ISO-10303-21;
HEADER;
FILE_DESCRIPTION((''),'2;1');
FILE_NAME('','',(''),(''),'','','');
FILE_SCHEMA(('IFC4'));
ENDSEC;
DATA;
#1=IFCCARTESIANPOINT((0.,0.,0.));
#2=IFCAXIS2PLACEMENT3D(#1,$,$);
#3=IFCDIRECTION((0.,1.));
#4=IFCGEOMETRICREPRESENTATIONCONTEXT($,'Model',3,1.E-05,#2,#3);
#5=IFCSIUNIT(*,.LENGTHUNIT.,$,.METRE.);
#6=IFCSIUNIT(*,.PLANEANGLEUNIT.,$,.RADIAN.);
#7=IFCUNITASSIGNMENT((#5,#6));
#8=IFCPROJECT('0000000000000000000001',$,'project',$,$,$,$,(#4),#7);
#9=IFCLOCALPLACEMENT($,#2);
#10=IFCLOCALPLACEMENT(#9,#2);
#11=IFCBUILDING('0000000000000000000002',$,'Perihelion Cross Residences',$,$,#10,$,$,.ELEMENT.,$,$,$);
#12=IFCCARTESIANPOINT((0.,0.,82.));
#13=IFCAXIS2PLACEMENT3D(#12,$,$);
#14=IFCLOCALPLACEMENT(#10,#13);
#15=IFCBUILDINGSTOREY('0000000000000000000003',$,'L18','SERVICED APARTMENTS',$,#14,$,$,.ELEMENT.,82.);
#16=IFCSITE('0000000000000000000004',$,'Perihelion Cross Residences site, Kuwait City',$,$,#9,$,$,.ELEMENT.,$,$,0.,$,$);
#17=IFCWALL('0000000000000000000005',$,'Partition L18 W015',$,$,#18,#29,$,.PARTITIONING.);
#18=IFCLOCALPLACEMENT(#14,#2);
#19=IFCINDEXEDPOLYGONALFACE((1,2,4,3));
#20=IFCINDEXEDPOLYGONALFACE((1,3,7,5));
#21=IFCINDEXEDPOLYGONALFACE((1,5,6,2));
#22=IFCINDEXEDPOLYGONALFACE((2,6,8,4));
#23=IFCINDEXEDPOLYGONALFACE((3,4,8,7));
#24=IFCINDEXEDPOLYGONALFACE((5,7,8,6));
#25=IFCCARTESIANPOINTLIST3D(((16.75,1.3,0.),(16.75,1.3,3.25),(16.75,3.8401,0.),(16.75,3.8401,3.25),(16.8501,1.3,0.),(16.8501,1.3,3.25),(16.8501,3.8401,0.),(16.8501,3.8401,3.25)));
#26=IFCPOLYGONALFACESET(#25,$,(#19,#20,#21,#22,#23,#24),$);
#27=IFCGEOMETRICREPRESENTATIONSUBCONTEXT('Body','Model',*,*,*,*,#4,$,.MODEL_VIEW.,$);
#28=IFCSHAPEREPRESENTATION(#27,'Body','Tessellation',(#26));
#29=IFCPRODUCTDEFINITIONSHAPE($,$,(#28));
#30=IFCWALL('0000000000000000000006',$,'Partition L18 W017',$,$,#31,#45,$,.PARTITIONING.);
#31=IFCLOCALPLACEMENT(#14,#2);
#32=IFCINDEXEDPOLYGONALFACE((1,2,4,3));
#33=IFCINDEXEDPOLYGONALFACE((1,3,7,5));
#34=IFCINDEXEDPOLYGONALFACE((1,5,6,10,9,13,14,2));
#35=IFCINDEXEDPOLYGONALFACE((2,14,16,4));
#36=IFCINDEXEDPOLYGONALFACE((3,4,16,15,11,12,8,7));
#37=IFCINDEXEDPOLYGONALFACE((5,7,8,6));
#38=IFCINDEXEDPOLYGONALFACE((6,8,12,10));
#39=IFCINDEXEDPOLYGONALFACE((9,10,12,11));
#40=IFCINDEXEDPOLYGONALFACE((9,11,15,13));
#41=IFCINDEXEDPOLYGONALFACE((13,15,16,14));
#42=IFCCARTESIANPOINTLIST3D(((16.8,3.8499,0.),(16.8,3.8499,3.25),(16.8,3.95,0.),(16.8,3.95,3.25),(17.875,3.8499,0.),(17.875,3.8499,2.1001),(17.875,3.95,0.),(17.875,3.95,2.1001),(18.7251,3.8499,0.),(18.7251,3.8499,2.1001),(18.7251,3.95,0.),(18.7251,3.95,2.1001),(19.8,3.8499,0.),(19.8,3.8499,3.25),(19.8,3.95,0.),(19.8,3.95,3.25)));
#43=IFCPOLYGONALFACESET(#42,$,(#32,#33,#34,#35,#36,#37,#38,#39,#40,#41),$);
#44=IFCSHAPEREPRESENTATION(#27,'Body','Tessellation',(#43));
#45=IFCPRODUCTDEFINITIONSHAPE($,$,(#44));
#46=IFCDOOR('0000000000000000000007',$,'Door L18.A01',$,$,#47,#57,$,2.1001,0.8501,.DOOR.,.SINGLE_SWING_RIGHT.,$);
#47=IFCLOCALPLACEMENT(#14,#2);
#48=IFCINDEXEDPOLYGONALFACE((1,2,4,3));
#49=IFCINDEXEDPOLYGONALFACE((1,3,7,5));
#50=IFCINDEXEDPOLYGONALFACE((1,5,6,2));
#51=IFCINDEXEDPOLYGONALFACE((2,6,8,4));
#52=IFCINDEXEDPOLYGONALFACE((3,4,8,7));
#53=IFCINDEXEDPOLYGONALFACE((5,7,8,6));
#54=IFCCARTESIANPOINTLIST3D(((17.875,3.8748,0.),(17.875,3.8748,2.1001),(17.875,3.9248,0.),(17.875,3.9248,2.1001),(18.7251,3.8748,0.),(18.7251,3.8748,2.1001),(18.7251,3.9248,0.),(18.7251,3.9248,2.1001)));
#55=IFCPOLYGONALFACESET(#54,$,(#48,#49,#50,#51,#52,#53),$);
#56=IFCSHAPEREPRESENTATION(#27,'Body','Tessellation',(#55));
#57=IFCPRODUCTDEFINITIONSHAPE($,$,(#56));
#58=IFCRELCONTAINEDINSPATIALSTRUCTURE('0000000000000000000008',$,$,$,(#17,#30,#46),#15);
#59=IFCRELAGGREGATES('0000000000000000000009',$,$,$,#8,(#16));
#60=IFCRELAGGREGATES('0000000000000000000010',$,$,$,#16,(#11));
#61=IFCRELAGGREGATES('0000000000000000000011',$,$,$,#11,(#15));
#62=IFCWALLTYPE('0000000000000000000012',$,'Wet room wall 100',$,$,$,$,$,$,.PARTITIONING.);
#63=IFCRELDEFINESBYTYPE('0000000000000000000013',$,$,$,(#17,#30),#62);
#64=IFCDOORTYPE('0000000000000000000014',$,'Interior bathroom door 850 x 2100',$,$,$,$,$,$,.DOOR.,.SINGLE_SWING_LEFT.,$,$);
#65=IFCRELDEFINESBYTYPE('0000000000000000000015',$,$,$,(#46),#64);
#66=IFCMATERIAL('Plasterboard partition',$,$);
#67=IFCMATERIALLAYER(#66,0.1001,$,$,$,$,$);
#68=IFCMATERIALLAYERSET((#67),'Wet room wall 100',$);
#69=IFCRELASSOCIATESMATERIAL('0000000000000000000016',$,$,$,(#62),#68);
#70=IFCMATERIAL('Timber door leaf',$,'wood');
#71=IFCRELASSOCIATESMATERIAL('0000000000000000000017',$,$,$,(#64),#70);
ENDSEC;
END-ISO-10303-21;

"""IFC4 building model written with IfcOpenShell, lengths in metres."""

from ifc_helpers import new_model, si_unit, direction, frame, frame_2d, origin, place, context, subcontext, project, spatial, rectangle, extrude, material, layer, layer_set, type_object, element, fill, save


model = new_model("IFC4")

# Units and contexts
model_context = context("Model", 3, precision=1e-05, world=origin(), true_north=direction((0.0, 1.0)))
body_context = subcontext(model_context, "Body", "Model", "MODEL_VIEW")
ifc_project = project(units=[si_unit("LENGTHUNIT", "METRE"), si_unit("PLANEANGLEUNIT", "RADIAN")], contexts=[model_context])

# Site, building, storey
site_placement = place(None, origin())
site = spatial("IfcSite", under=ifc_project, at=site_placement, Name="Perihelion Cross Residences site, Kuwait City", CompositionType="ELEMENT", RefElevation=0.0)
building_placement = place(site_placement, origin())
building = spatial("IfcBuilding", under=site, at=building_placement, Name="Perihelion Cross Residences", CompositionType="ELEMENT")
storey_placement = place(building_placement, frame((0.0, 0.0, 82.0)))
storey = spatial("IfcBuildingStorey", under=building, at=storey_placement, Name="L18", Description="SERVICED APARTMENTS", CompositionType="ELEMENT", Elevation=82.0)

# Wall
ifc_material_1 = material(Name="Plasterboard partition")
ifc_layer_1 = layer(ifc_material_1, 0.1001)
ifc_layer_set_1 = layer_set([ifc_layer_1], Name="Wet room wall 100")
wall_type_1 = type_object("IfcWallType", Name="Wet room wall 100", PredefinedType="PARTITIONING", material=ifc_layer_set_1)
wall_1_placement = place(storey_placement, frame((16.8, 3.8401, 0.0), z_axis=(0.0, 0.0, 1.0), x_axis=(0.0, -1.0, 0.0)))
element("IfcWall", 1, at=wall_1_placement, inside=storey, type_object=wall_type_1, Name="Partition L18 W015", PredefinedType="PARTITIONING", context=body_context, shape_type="SweptSolid", body=[
    extrude(rectangle(XDim=2.54, YDim=0.1001, at=frame_2d((1.27, 0.0))), origin(), (0.0, 0.0, 1.0), 3.25),
])

# Wall, opening, door
wall_2_placement = place(storey_placement, frame((16.8, 3.8999, 0.0), z_axis=(0.0, 0.0, 1.0), x_axis=(1.0, 0.0, 0.0)))
wall_2 = element("IfcWall", 2, at=wall_2_placement, inside=storey, type_object=wall_type_1, Name="Partition L18 W017", PredefinedType="PARTITIONING", context=body_context, shape_type="SweptSolid", body=[
    extrude(rectangle(XDim=3.0, YDim=0.1001, at=frame_2d((1.5, 0.0))), origin(), (0.0, 0.0, 1.0), 3.25),
])
opening_1_placement = place(wall_2_placement, frame((1.075, 0.0, 0.0)))
opening_1 = element("IfcOpeningElement", 3, at=opening_1_placement, cuts=wall_2, PredefinedType="OPENING", context=body_context, shape_type="SweptSolid", body=[
    extrude(rectangle(XDim=0.8501, YDim=2.1001, at=frame_2d((0.425, 1.05))), frame((0.0, 0.0601, 0.0), z_axis=(0.0, -1.0, 0.0), x_axis=(1.0, 0.0, 0.0)), (0.0, 0.0, 1.0), 0.1201),
])
ifc_material_2 = material(Name="Timber door leaf", Category="wood")
door_type_1 = type_object("IfcDoorType", Name="Interior bathroom door 850 x 2100", OperationType="SINGLE_SWING_LEFT", PredefinedType="DOOR", material=ifc_material_2)
door_1_placement = place(opening_1_placement, origin())
door_1 = element("IfcDoor", 4, at=door_1_placement, inside=storey, type_object=door_type_1, Name="Door L18.A01", OperationType="SINGLE_SWING_RIGHT", OverallHeight=2.1001, OverallWidth=0.8501, PredefinedType="DOOR", context=body_context, shape_type="SweptSolid", body=[
    extrude(rectangle(XDim=0.8501, YDim=2.1001, at=frame_2d((0.425, 1.05))), frame((0.0, 0.0249, 0.0), z_axis=(0.0, -1.0, 0.0), x_axis=(1.0, 0.0, 0.0)), (0.0, 0.0, 1.0), 0.05),
])
fill(opening_1, door_1)

save(model, "model.ifc")
